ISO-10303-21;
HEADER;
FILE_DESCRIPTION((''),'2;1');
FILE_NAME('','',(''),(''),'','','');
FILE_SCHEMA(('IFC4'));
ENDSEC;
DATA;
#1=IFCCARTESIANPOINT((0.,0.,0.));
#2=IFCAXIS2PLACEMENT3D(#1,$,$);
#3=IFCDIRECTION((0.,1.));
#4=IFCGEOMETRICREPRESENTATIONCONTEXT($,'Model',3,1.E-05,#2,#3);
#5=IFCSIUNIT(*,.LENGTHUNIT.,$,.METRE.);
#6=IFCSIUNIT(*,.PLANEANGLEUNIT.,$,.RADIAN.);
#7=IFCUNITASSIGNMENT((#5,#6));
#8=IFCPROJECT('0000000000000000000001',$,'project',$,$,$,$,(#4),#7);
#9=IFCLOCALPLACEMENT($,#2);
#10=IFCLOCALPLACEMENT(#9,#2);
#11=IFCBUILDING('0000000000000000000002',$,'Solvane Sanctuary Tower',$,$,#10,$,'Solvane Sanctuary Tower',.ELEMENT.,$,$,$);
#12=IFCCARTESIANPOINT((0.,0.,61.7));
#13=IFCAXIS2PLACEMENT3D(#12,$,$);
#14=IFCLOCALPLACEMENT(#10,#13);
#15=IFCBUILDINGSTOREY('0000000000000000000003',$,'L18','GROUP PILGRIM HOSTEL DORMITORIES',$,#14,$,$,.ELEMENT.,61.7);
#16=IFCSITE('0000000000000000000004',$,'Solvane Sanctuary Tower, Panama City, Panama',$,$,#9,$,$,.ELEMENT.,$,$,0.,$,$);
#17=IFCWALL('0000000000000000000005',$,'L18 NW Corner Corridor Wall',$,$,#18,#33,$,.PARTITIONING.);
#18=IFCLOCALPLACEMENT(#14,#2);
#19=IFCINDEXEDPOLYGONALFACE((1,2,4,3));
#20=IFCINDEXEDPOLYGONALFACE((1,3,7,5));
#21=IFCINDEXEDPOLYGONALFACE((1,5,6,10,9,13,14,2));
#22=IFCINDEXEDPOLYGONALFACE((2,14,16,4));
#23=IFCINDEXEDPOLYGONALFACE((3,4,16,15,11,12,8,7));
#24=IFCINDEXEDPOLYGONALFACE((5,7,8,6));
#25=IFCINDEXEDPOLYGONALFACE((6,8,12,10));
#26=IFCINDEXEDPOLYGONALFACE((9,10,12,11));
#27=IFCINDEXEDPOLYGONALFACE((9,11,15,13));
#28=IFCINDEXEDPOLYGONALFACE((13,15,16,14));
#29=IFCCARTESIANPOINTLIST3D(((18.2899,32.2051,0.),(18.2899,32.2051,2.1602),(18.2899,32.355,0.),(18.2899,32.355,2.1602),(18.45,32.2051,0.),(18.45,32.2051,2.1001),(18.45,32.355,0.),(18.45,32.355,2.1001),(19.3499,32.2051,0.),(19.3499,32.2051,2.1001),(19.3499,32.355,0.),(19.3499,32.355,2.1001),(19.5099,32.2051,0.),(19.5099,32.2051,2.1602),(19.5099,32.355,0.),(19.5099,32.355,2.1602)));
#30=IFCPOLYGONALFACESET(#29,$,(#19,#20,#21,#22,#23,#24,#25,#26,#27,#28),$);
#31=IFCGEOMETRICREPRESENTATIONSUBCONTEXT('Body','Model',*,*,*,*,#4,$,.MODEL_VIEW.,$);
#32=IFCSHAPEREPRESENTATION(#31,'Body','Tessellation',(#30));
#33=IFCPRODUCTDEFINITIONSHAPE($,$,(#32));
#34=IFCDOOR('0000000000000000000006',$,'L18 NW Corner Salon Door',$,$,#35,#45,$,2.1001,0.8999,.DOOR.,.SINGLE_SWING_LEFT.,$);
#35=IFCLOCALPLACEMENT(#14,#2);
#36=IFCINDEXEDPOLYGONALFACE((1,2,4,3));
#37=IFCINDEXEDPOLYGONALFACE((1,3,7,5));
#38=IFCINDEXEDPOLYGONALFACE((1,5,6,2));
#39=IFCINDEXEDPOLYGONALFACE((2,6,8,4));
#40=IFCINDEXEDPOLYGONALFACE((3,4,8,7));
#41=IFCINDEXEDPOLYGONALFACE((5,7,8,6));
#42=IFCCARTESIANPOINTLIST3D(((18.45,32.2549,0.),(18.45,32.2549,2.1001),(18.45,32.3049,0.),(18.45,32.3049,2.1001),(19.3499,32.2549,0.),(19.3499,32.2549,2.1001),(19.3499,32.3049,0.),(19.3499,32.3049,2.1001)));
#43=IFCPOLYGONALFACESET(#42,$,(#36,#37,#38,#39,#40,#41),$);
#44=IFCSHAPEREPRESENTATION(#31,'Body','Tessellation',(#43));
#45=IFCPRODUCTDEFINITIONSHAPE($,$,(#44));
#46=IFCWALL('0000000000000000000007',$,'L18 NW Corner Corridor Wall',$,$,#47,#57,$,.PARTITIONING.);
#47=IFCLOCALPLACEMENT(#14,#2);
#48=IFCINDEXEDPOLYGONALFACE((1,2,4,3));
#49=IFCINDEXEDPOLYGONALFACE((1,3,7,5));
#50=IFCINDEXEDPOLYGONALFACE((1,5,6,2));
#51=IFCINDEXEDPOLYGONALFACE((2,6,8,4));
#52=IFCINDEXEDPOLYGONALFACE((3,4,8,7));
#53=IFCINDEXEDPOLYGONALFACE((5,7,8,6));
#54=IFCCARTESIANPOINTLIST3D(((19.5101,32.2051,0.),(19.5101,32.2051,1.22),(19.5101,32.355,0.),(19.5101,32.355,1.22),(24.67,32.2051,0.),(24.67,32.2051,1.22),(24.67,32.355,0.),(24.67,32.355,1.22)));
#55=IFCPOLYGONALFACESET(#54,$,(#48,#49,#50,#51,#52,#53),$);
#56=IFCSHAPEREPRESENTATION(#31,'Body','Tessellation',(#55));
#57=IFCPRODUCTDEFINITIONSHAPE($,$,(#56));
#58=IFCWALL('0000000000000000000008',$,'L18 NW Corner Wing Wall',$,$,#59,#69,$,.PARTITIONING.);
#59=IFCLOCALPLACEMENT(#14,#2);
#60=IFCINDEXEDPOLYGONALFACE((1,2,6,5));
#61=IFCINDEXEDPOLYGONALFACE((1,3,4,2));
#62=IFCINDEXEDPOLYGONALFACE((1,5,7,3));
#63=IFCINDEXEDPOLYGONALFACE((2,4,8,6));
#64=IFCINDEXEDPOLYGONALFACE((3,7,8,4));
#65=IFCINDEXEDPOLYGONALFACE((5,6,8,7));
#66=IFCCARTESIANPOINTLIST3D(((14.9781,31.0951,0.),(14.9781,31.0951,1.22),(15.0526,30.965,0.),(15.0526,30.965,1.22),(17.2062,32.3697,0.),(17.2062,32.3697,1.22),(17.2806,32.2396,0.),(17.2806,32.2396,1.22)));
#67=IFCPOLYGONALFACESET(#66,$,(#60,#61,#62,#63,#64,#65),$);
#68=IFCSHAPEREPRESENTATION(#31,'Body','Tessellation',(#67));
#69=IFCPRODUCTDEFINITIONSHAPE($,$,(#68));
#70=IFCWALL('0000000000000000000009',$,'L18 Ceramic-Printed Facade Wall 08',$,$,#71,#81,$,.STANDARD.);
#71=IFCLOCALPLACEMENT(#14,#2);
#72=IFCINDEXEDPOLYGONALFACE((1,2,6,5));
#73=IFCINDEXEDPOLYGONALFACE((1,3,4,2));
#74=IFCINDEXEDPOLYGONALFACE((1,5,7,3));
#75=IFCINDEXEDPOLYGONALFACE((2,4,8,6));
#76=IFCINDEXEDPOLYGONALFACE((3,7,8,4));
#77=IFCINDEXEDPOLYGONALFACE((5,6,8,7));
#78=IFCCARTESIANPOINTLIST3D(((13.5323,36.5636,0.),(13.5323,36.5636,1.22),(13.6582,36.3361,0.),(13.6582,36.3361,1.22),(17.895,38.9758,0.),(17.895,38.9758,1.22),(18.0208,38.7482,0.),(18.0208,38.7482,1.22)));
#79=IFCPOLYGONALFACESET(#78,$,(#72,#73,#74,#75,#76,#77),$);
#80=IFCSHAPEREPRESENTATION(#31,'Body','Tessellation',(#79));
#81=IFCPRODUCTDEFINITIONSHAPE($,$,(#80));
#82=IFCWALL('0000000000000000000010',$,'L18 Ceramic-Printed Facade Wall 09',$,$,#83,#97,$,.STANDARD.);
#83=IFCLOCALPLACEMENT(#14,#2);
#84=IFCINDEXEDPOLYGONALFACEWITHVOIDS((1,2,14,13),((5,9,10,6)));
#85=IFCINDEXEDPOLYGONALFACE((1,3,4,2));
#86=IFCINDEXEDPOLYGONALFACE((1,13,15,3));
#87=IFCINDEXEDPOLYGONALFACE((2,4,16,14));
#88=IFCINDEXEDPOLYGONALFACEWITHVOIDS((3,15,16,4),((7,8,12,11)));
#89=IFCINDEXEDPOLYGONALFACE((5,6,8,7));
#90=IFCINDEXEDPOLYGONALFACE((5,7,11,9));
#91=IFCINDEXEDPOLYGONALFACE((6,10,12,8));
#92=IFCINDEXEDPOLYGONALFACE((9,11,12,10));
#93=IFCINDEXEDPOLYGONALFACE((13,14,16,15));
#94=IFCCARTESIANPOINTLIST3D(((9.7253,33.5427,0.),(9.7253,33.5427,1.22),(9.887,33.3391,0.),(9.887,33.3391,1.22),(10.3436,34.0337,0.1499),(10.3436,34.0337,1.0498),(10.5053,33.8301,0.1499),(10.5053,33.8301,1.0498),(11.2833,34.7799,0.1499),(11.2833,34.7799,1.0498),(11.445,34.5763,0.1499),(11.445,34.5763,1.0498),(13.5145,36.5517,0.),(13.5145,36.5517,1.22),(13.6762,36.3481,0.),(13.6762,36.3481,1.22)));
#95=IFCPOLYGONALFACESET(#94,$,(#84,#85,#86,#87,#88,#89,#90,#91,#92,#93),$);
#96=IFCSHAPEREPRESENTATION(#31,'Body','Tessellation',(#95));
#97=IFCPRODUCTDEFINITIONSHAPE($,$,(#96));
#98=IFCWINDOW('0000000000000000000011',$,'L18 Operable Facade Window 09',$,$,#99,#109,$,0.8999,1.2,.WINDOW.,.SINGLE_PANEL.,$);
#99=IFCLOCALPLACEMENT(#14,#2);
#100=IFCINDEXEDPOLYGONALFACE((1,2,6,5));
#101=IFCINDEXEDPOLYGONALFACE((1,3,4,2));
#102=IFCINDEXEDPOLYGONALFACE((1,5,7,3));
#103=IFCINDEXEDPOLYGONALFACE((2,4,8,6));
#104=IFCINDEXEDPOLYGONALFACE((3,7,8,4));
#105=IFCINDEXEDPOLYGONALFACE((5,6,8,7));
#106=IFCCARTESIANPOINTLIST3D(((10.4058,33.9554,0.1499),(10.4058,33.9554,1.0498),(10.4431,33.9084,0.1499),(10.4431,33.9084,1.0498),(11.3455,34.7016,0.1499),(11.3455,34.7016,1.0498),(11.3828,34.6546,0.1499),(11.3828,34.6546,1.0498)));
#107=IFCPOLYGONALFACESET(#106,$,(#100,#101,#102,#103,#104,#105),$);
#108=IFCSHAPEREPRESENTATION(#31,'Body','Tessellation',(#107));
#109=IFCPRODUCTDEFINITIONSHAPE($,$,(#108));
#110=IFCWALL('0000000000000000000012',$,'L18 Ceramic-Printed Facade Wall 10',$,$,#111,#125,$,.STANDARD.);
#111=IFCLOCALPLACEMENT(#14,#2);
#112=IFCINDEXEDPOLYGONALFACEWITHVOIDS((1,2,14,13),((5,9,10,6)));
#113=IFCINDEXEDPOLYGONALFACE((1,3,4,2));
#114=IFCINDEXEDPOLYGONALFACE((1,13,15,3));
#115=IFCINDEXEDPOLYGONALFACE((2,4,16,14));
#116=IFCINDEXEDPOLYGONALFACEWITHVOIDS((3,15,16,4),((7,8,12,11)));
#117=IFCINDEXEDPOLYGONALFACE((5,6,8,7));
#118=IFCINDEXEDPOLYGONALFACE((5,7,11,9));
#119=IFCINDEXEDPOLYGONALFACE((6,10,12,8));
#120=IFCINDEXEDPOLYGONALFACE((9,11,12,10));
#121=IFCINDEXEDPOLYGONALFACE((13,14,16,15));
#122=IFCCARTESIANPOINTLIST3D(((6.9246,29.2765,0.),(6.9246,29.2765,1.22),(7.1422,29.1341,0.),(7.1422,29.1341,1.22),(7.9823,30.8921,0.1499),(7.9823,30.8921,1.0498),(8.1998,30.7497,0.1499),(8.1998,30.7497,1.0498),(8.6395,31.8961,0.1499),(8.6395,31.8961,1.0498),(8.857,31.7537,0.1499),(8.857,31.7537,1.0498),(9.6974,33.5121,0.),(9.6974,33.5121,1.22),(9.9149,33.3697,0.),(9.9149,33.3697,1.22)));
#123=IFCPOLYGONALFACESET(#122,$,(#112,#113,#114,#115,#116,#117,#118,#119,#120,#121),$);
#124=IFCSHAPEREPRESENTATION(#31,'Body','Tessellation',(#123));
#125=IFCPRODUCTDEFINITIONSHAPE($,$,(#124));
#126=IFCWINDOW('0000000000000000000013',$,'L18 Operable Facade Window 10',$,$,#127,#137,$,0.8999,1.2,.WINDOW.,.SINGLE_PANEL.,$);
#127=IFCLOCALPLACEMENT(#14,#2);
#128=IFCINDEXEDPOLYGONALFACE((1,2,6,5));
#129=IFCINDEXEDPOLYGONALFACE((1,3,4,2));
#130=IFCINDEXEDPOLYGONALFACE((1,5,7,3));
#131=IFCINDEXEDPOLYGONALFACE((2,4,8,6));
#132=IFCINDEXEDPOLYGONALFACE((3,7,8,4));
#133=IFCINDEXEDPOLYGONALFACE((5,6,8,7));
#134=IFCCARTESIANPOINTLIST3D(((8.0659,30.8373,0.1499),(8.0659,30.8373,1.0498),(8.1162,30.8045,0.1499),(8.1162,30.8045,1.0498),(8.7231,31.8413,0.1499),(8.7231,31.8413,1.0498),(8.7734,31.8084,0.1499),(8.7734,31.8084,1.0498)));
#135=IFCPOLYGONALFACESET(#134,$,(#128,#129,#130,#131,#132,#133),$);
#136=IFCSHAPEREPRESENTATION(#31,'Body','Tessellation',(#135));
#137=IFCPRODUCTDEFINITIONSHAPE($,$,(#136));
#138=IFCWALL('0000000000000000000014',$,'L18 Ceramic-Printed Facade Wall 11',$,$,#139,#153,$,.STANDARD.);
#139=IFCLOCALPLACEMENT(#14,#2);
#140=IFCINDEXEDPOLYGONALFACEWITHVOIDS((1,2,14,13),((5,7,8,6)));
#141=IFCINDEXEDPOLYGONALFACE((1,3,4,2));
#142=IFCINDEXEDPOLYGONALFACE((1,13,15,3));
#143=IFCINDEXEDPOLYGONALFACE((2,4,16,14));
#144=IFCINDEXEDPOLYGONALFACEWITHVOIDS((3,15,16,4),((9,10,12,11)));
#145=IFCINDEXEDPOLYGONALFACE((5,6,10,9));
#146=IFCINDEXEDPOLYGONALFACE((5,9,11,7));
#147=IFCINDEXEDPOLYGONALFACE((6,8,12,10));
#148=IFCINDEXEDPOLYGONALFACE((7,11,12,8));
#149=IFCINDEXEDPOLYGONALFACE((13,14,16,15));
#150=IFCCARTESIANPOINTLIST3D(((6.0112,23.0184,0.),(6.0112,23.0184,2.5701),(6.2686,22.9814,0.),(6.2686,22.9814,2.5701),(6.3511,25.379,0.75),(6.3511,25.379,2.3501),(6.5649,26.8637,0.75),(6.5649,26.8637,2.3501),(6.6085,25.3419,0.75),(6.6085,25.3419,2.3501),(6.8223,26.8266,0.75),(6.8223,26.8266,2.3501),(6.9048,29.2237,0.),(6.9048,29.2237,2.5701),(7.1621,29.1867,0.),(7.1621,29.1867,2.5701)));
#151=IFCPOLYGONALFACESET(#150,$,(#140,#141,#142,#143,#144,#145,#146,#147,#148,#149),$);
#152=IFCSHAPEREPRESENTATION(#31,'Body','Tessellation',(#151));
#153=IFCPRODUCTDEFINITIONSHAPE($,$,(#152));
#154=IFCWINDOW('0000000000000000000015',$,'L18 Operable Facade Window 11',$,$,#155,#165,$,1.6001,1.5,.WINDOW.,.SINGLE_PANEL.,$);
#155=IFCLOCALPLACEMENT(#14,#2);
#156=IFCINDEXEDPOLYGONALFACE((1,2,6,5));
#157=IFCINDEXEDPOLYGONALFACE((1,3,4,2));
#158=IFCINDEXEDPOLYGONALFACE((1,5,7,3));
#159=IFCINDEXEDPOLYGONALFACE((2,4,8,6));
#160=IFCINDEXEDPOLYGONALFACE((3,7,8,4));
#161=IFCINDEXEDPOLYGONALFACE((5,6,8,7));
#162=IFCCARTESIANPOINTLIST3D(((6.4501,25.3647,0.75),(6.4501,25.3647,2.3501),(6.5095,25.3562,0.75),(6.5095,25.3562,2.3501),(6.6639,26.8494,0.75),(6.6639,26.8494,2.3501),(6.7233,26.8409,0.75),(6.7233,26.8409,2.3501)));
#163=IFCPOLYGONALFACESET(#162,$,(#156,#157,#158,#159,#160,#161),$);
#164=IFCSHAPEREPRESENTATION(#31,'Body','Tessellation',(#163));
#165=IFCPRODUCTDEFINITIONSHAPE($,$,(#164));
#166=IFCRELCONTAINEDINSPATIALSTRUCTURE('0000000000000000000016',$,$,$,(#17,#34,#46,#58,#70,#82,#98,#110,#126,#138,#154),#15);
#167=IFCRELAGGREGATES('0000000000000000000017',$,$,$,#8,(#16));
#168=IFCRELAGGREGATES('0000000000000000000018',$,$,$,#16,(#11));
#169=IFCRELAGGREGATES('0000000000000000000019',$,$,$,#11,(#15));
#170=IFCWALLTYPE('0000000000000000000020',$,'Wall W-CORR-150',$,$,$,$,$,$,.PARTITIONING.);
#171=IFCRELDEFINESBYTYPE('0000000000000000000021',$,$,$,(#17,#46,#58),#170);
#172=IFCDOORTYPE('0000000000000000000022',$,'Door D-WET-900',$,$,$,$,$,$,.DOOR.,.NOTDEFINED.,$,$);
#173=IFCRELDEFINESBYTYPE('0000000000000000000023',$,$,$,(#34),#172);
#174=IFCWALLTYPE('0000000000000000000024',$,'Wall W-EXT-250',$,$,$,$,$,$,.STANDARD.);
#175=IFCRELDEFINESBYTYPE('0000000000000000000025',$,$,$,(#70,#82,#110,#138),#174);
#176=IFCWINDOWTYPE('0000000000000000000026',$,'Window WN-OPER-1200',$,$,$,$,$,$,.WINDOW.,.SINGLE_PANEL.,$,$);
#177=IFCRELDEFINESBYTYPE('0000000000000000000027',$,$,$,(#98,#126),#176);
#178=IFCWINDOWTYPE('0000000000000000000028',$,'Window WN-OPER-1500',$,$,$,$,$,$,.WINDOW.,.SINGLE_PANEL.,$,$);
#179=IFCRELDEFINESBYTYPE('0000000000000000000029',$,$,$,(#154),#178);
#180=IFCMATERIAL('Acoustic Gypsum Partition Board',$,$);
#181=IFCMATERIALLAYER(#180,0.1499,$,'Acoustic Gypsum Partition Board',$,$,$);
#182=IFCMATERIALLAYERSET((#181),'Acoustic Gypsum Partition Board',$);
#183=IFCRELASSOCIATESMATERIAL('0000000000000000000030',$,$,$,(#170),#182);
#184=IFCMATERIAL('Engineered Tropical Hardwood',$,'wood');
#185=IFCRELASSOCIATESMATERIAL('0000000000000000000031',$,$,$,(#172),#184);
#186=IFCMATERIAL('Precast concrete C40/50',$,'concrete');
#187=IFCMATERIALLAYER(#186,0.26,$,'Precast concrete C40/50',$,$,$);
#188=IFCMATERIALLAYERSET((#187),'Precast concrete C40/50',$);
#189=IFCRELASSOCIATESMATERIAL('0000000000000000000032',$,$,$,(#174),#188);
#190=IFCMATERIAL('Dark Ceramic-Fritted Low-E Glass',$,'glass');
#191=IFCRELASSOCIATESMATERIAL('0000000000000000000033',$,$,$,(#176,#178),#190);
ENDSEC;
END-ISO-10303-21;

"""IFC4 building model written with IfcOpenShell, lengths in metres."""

from ifc_helpers import new_model, si_unit, direction, frame, frame_2d, origin, place, context, subcontext, project, spatial, rectangle, extrude, material, layer, layer_set, type_object, element, fill, save


model = new_model("IFC4")

# Units and contexts
model_context = context("Model", 3, precision=1e-05, world=origin(), true_north=direction((0.0, 1.0)))
body_context = subcontext(model_context, "Body", "Model", "MODEL_VIEW")
ifc_project = project(units=[si_unit("LENGTHUNIT", "METRE"), si_unit("PLANEANGLEUNIT", "RADIAN")], contexts=[model_context])

# Site, building, storey
site_placement = place(None, origin())
site = spatial("IfcSite", under=ifc_project, at=site_placement, Name="Solvane Sanctuary Tower, Panama City, Panama", CompositionType="ELEMENT", RefElevation=0.0)
building_placement = place(site_placement, origin())
building = spatial("IfcBuilding", under=site, at=building_placement, Name="Solvane Sanctuary Tower", LongName="Solvane Sanctuary Tower", CompositionType="ELEMENT")
storey_placement = place(building_placement, frame((0.0, 0.0, 61.7)))
storey = spatial("IfcBuildingStorey", under=building, at=storey_placement, Name="L18", Description="GROUP PILGRIM HOSTEL DORMITORIES", CompositionType="ELEMENT", Elevation=61.7)

# Shared definitions
ifc_material_1 = material(Name="Acoustic Gypsum Partition Board")
ifc_layer_1 = layer(ifc_material_1, 0.1499, Name="Acoustic Gypsum Partition Board")
ifc_layer_set_1 = layer_set([ifc_layer_1], Name="Acoustic Gypsum Partition Board")
wall_type_1 = type_object("IfcWallType", Name="Wall W-CORR-150", PredefinedType="PARTITIONING", material=ifc_layer_set_1)

# Wall, opening, door
wall_1_placement = place(storey_placement, frame((18.29, 32.28, 0.0), z_axis=(0.0, 0.0, 1.0), x_axis=(1.0, 0.0, 0.0)))
wall_1 = element("IfcWall", 1, at=wall_1_placement, inside=storey, type_object=wall_type_1, Name="L18 NW Corner Corridor Wall", PredefinedType="PARTITIONING", context=body_context, shape_type="SweptSolid", body=[
    extrude(rectangle(XDim=1.22, YDim=0.1499, at=frame_2d((0.6099, 0.0))), origin(), (0.0, 0.0, 1.0), 2.1602),
])
opening_1_placement = place(wall_1_placement, frame((0.1599, 0.0, 0.0)))
opening_1 = element("IfcOpeningElement", 2, at=opening_1_placement, cuts=wall_1, PredefinedType="OPENING", context=body_context, shape_type="SweptSolid", body=[
    extrude(rectangle(XDim=0.8999, YDim=2.1001, at=frame_2d((0.45, 1.05))), frame((0.0, 0.085, 0.0), z_axis=(0.0, -1.0, 0.0), x_axis=(1.0, 0.0, 0.0)), (0.0, 0.0, 1.0), 0.1699),
])
ifc_material_2 = material(Name="Engineered Tropical Hardwood", Category="wood")
door_type_1 = type_object("IfcDoorType", Name="Door D-WET-900", OperationType="NOTDEFINED", PredefinedType="DOOR", material=ifc_material_2)
door_1_placement = place(opening_1_placement, origin())
door_1 = element("IfcDoor", 3, at=door_1_placement, inside=storey, type_object=door_type_1, Name="L18 NW Corner Salon Door", OperationType="SINGLE_SWING_LEFT", OverallHeight=2.1001, OverallWidth=0.8999, PredefinedType="DOOR", context=body_context, shape_type="SweptSolid", body=[
    extrude(rectangle(XDim=0.8999, YDim=2.1001, at=frame_2d((0.45, 1.05))), frame((0.0, 0.0249, 0.0), z_axis=(0.0, -1.0, 0.0), x_axis=(1.0, 0.0, 0.0)), (0.0, 0.0, 1.0), 0.05),
])
fill(opening_1, door_1)

# Walls
wall_2_placement = place(storey_placement, frame((19.51, 32.28, 0.0), z_axis=(0.0, 0.0, 1.0), x_axis=(1.0, 0.0, 0.0)))
element("IfcWall", 4, at=wall_2_placement, inside=storey, type_object=wall_type_1, Name="L18 NW Corner Corridor Wall", PredefinedType="PARTITIONING", context=body_context, shape_type="SweptSolid", body=[
    extrude(rectangle(XDim=5.1599, YDim=0.1499, at=frame_2d((2.5801, 0.0))), origin(), (0.0, 0.0, 1.0), 1.22),
])
wall_3_placement = place(storey_placement, frame((17.2434, 32.3047, 0.0), z_axis=(0.0, 0.0, 1.0), x_axis=(-0.867991, -0.496579, 0.0)))
element("IfcWall", 5, at=wall_3_placement, inside=storey, type_object=wall_type_1, Name="L18 NW Corner Wing Wall", PredefinedType="PARTITIONING", context=body_context, shape_type="SweptSolid", body=[
    extrude(rectangle(XDim=2.5669, YDim=0.1499, at=frame_2d((1.2834, 0.0))), origin(), (0.0, 0.0, 1.0), 1.22),
])
ifc_material_3 = material(Name="Precast concrete C40/50", Category="concrete")
ifc_layer_2 = layer(ifc_material_3, 0.26, Name="Precast concrete C40/50")
ifc_layer_set_2 = layer_set([ifc_layer_2], Name="Precast concrete C40/50")
wall_type_2 = type_object("IfcWallType", Name="Wall W-EXT-250", PredefinedType="STANDARD", material=ifc_layer_set_2)
wall_4_placement = place(storey_placement, frame((17.958, 38.8621, 0.0), z_axis=(0.0, 0.0, 1.0), x_axis=(-0.875137, -0.483875, 0.0)))
element("IfcWall", 6, at=wall_4_placement, inside=storey, type_object=wall_type_2, Name="L18 Ceramic-Printed Facade Wall 08", PredefinedType="STANDARD", context=body_context, shape_type="SweptSolid", body=[
    extrude(rectangle(XDim=4.9851, YDim=0.26, at=frame_2d((2.4927, 0.0))), origin(), (0.0, 0.0, 1.0), 1.22),
])

# Walls, openings, windows
wall_5_placement = place(storey_placement, frame((13.5955, 36.45, 0.0), z_axis=(0.0, 0.0, 1.0), x_axis=(-0.783123, -0.621867, 0.0)))
wall_5 = element("IfcWall", 7, at=wall_5_placement, inside=storey, type_object=wall_type_2, Name="L18 Ceramic-Printed Facade Wall 09", PredefinedType="STANDARD", context=body_context, shape_type="SweptSolid", body=[
    extrude(rectangle(XDim=4.8386, YDim=0.26, at=frame_2d((2.4194, 0.0))), origin(), (0.0, 0.0, 1.0), 1.22),
])
opening_2_placement = place(wall_5_placement, frame((2.8491, 0.0, 0.1499)))
opening_2 = element("IfcOpeningElement", 8, at=opening_2_placement, cuts=wall_5, PredefinedType="OPENING", context=body_context, shape_type="SweptSolid", body=[
    extrude(rectangle(XDim=1.2, YDim=0.8999, at=frame_2d((0.6001, 0.45))), frame((0.0, 0.1399, 0.0), z_axis=(0.0, -1.0, 0.0), x_axis=(1.0, 0.0, 0.0)), (0.0, 0.0, 1.0), 0.28),
])
ifc_material_4 = material(Name="Dark Ceramic-Fritted Low-E Glass", Category="glass")
window_type_1 = type_object("IfcWindowType", Name="Window WN-OPER-1200", PartitioningType="SINGLE_PANEL", PredefinedType="WINDOW", material=ifc_material_4)
window_1_placement = place(opening_2_placement, origin())
window_1 = element("IfcWindow", 9, at=window_1_placement, inside=storey, type_object=window_type_1, Name="L18 Operable Facade Window 09", OverallHeight=0.8999, OverallWidth=1.2, PartitioningType="SINGLE_PANEL", PredefinedType="WINDOW", context=body_context, shape_type="SweptSolid", body=[
    extrude(rectangle(XDim=1.2, YDim=0.8999, at=frame_2d((0.6001, 0.45))), frame((0.0, 0.03, 0.0), z_axis=(0.0, -1.0, 0.0), x_axis=(1.0, 0.0, 0.0)), (0.0, 0.0, 1.0), 0.0601),
])
fill(opening_2, window_1)
wall_6_placement = place(storey_placement, frame((9.8062, 33.4409, 0.0), z_axis=(0.0, 0.0, 1.0), x_axis=(-0.547703, -0.836673, 0.0)))
wall_6 = element("IfcWall", 10, at=wall_6_placement, inside=storey, type_object=wall_type_2, Name="L18 Ceramic-Printed Facade Wall 10", PredefinedType="STANDARD", context=body_context, shape_type="SweptSolid", body=[
    extrude(rectangle(XDim=5.0625, YDim=0.26, at=frame_2d((2.5312, 0.0))), origin(), (0.0, 0.0, 1.0), 1.22),
])
opening_3_placement = place(wall_6_placement, frame((1.9314, 0.0, 0.1499)))
opening_3 = element("IfcOpeningElement", 11, at=opening_3_placement, cuts=wall_6, PredefinedType="OPENING", context=body_context, shape_type="SweptSolid", body=[
    extrude(rectangle(XDim=1.2, YDim=0.8999, at=frame_2d((0.6001, 0.45))), frame((0.0, 0.1399, 0.0), z_axis=(0.0, -1.0, 0.0), x_axis=(1.0, 0.0, 0.0)), (0.0, 0.0, 1.0), 0.28),
])
window_2_placement = place(opening_3_placement, origin())
window_2 = element("IfcWindow", 12, at=window_2_placement, inside=storey, type_object=window_type_1, Name="L18 Operable Facade Window 10", OverallHeight=0.8999, OverallWidth=1.2, PartitioningType="SINGLE_PANEL", PredefinedType="WINDOW", context=body_context, shape_type="SweptSolid", body=[
    extrude(rectangle(XDim=1.2, YDim=0.8999, at=frame_2d((0.6001, 0.45))), frame((0.0, 0.03, 0.0), z_axis=(0.0, -1.0, 0.0), x_axis=(1.0, 0.0, 0.0)), (0.0, 0.0, 1.0), 0.0601),
])
fill(opening_3, window_2)
wall_7_placement = place(storey_placement, frame((7.0334, 29.2053, 0.0), z_axis=(0.0, 0.0, 1.0), x_axis=(-0.142528, -0.989791, 0.0)))
wall_7 = element("IfcWall", 13, at=wall_7_placement, inside=storey, type_object=wall_type_2, Name="L18 Ceramic-Printed Facade Wall 11", PredefinedType="STANDARD", context=body_context, shape_type="SweptSolid", body=[
    extrude(rectangle(XDim=6.2693, YDim=0.26, at=frame_2d((3.1348, 0.0))), origin(), (0.0, 0.0, 1.0), 2.5701),
])
opening_4_placement = place(wall_7_placement, frame((2.3845, 0.0, 0.75)))
opening_4 = element("IfcOpeningElement", 14, at=opening_4_placement, cuts=wall_7, PredefinedType="OPENING", context=body_context, shape_type="SweptSolid", body=[
    extrude(rectangle(XDim=1.5, YDim=1.6001, at=frame_2d((0.75, 0.8))), frame((0.0, 0.1399, 0.0), z_axis=(0.0, -1.0, 0.0), x_axis=(1.0, 0.0, 0.0)), (0.0, 0.0, 1.0), 0.28),
])
window_type_2 = type_object("IfcWindowType", Name="Window WN-OPER-1500", PartitioningType="SINGLE_PANEL", PredefinedType="WINDOW", material=ifc_material_4)
window_3_placement = place(opening_4_placement, origin())
window_3 = element("IfcWindow", 15, at=window_3_placement, inside=storey, type_object=window_type_2, Name="L18 Operable Facade Window 11", OverallHeight=1.6001, OverallWidth=1.5, PartitioningType="SINGLE_PANEL", PredefinedType="WINDOW", context=body_context, shape_type="SweptSolid", body=[
    extrude(rectangle(XDim=1.5, YDim=1.6001, at=frame_2d((0.75, 0.8))), frame((0.0, 0.03, 0.0), z_axis=(0.0, -1.0, 0.0), x_axis=(1.0, 0.0, 0.0)), (0.0, 0.0, 1.0), 0.0601),
])
fill(opening_4, window_3)

save(model, "model.ifc")
